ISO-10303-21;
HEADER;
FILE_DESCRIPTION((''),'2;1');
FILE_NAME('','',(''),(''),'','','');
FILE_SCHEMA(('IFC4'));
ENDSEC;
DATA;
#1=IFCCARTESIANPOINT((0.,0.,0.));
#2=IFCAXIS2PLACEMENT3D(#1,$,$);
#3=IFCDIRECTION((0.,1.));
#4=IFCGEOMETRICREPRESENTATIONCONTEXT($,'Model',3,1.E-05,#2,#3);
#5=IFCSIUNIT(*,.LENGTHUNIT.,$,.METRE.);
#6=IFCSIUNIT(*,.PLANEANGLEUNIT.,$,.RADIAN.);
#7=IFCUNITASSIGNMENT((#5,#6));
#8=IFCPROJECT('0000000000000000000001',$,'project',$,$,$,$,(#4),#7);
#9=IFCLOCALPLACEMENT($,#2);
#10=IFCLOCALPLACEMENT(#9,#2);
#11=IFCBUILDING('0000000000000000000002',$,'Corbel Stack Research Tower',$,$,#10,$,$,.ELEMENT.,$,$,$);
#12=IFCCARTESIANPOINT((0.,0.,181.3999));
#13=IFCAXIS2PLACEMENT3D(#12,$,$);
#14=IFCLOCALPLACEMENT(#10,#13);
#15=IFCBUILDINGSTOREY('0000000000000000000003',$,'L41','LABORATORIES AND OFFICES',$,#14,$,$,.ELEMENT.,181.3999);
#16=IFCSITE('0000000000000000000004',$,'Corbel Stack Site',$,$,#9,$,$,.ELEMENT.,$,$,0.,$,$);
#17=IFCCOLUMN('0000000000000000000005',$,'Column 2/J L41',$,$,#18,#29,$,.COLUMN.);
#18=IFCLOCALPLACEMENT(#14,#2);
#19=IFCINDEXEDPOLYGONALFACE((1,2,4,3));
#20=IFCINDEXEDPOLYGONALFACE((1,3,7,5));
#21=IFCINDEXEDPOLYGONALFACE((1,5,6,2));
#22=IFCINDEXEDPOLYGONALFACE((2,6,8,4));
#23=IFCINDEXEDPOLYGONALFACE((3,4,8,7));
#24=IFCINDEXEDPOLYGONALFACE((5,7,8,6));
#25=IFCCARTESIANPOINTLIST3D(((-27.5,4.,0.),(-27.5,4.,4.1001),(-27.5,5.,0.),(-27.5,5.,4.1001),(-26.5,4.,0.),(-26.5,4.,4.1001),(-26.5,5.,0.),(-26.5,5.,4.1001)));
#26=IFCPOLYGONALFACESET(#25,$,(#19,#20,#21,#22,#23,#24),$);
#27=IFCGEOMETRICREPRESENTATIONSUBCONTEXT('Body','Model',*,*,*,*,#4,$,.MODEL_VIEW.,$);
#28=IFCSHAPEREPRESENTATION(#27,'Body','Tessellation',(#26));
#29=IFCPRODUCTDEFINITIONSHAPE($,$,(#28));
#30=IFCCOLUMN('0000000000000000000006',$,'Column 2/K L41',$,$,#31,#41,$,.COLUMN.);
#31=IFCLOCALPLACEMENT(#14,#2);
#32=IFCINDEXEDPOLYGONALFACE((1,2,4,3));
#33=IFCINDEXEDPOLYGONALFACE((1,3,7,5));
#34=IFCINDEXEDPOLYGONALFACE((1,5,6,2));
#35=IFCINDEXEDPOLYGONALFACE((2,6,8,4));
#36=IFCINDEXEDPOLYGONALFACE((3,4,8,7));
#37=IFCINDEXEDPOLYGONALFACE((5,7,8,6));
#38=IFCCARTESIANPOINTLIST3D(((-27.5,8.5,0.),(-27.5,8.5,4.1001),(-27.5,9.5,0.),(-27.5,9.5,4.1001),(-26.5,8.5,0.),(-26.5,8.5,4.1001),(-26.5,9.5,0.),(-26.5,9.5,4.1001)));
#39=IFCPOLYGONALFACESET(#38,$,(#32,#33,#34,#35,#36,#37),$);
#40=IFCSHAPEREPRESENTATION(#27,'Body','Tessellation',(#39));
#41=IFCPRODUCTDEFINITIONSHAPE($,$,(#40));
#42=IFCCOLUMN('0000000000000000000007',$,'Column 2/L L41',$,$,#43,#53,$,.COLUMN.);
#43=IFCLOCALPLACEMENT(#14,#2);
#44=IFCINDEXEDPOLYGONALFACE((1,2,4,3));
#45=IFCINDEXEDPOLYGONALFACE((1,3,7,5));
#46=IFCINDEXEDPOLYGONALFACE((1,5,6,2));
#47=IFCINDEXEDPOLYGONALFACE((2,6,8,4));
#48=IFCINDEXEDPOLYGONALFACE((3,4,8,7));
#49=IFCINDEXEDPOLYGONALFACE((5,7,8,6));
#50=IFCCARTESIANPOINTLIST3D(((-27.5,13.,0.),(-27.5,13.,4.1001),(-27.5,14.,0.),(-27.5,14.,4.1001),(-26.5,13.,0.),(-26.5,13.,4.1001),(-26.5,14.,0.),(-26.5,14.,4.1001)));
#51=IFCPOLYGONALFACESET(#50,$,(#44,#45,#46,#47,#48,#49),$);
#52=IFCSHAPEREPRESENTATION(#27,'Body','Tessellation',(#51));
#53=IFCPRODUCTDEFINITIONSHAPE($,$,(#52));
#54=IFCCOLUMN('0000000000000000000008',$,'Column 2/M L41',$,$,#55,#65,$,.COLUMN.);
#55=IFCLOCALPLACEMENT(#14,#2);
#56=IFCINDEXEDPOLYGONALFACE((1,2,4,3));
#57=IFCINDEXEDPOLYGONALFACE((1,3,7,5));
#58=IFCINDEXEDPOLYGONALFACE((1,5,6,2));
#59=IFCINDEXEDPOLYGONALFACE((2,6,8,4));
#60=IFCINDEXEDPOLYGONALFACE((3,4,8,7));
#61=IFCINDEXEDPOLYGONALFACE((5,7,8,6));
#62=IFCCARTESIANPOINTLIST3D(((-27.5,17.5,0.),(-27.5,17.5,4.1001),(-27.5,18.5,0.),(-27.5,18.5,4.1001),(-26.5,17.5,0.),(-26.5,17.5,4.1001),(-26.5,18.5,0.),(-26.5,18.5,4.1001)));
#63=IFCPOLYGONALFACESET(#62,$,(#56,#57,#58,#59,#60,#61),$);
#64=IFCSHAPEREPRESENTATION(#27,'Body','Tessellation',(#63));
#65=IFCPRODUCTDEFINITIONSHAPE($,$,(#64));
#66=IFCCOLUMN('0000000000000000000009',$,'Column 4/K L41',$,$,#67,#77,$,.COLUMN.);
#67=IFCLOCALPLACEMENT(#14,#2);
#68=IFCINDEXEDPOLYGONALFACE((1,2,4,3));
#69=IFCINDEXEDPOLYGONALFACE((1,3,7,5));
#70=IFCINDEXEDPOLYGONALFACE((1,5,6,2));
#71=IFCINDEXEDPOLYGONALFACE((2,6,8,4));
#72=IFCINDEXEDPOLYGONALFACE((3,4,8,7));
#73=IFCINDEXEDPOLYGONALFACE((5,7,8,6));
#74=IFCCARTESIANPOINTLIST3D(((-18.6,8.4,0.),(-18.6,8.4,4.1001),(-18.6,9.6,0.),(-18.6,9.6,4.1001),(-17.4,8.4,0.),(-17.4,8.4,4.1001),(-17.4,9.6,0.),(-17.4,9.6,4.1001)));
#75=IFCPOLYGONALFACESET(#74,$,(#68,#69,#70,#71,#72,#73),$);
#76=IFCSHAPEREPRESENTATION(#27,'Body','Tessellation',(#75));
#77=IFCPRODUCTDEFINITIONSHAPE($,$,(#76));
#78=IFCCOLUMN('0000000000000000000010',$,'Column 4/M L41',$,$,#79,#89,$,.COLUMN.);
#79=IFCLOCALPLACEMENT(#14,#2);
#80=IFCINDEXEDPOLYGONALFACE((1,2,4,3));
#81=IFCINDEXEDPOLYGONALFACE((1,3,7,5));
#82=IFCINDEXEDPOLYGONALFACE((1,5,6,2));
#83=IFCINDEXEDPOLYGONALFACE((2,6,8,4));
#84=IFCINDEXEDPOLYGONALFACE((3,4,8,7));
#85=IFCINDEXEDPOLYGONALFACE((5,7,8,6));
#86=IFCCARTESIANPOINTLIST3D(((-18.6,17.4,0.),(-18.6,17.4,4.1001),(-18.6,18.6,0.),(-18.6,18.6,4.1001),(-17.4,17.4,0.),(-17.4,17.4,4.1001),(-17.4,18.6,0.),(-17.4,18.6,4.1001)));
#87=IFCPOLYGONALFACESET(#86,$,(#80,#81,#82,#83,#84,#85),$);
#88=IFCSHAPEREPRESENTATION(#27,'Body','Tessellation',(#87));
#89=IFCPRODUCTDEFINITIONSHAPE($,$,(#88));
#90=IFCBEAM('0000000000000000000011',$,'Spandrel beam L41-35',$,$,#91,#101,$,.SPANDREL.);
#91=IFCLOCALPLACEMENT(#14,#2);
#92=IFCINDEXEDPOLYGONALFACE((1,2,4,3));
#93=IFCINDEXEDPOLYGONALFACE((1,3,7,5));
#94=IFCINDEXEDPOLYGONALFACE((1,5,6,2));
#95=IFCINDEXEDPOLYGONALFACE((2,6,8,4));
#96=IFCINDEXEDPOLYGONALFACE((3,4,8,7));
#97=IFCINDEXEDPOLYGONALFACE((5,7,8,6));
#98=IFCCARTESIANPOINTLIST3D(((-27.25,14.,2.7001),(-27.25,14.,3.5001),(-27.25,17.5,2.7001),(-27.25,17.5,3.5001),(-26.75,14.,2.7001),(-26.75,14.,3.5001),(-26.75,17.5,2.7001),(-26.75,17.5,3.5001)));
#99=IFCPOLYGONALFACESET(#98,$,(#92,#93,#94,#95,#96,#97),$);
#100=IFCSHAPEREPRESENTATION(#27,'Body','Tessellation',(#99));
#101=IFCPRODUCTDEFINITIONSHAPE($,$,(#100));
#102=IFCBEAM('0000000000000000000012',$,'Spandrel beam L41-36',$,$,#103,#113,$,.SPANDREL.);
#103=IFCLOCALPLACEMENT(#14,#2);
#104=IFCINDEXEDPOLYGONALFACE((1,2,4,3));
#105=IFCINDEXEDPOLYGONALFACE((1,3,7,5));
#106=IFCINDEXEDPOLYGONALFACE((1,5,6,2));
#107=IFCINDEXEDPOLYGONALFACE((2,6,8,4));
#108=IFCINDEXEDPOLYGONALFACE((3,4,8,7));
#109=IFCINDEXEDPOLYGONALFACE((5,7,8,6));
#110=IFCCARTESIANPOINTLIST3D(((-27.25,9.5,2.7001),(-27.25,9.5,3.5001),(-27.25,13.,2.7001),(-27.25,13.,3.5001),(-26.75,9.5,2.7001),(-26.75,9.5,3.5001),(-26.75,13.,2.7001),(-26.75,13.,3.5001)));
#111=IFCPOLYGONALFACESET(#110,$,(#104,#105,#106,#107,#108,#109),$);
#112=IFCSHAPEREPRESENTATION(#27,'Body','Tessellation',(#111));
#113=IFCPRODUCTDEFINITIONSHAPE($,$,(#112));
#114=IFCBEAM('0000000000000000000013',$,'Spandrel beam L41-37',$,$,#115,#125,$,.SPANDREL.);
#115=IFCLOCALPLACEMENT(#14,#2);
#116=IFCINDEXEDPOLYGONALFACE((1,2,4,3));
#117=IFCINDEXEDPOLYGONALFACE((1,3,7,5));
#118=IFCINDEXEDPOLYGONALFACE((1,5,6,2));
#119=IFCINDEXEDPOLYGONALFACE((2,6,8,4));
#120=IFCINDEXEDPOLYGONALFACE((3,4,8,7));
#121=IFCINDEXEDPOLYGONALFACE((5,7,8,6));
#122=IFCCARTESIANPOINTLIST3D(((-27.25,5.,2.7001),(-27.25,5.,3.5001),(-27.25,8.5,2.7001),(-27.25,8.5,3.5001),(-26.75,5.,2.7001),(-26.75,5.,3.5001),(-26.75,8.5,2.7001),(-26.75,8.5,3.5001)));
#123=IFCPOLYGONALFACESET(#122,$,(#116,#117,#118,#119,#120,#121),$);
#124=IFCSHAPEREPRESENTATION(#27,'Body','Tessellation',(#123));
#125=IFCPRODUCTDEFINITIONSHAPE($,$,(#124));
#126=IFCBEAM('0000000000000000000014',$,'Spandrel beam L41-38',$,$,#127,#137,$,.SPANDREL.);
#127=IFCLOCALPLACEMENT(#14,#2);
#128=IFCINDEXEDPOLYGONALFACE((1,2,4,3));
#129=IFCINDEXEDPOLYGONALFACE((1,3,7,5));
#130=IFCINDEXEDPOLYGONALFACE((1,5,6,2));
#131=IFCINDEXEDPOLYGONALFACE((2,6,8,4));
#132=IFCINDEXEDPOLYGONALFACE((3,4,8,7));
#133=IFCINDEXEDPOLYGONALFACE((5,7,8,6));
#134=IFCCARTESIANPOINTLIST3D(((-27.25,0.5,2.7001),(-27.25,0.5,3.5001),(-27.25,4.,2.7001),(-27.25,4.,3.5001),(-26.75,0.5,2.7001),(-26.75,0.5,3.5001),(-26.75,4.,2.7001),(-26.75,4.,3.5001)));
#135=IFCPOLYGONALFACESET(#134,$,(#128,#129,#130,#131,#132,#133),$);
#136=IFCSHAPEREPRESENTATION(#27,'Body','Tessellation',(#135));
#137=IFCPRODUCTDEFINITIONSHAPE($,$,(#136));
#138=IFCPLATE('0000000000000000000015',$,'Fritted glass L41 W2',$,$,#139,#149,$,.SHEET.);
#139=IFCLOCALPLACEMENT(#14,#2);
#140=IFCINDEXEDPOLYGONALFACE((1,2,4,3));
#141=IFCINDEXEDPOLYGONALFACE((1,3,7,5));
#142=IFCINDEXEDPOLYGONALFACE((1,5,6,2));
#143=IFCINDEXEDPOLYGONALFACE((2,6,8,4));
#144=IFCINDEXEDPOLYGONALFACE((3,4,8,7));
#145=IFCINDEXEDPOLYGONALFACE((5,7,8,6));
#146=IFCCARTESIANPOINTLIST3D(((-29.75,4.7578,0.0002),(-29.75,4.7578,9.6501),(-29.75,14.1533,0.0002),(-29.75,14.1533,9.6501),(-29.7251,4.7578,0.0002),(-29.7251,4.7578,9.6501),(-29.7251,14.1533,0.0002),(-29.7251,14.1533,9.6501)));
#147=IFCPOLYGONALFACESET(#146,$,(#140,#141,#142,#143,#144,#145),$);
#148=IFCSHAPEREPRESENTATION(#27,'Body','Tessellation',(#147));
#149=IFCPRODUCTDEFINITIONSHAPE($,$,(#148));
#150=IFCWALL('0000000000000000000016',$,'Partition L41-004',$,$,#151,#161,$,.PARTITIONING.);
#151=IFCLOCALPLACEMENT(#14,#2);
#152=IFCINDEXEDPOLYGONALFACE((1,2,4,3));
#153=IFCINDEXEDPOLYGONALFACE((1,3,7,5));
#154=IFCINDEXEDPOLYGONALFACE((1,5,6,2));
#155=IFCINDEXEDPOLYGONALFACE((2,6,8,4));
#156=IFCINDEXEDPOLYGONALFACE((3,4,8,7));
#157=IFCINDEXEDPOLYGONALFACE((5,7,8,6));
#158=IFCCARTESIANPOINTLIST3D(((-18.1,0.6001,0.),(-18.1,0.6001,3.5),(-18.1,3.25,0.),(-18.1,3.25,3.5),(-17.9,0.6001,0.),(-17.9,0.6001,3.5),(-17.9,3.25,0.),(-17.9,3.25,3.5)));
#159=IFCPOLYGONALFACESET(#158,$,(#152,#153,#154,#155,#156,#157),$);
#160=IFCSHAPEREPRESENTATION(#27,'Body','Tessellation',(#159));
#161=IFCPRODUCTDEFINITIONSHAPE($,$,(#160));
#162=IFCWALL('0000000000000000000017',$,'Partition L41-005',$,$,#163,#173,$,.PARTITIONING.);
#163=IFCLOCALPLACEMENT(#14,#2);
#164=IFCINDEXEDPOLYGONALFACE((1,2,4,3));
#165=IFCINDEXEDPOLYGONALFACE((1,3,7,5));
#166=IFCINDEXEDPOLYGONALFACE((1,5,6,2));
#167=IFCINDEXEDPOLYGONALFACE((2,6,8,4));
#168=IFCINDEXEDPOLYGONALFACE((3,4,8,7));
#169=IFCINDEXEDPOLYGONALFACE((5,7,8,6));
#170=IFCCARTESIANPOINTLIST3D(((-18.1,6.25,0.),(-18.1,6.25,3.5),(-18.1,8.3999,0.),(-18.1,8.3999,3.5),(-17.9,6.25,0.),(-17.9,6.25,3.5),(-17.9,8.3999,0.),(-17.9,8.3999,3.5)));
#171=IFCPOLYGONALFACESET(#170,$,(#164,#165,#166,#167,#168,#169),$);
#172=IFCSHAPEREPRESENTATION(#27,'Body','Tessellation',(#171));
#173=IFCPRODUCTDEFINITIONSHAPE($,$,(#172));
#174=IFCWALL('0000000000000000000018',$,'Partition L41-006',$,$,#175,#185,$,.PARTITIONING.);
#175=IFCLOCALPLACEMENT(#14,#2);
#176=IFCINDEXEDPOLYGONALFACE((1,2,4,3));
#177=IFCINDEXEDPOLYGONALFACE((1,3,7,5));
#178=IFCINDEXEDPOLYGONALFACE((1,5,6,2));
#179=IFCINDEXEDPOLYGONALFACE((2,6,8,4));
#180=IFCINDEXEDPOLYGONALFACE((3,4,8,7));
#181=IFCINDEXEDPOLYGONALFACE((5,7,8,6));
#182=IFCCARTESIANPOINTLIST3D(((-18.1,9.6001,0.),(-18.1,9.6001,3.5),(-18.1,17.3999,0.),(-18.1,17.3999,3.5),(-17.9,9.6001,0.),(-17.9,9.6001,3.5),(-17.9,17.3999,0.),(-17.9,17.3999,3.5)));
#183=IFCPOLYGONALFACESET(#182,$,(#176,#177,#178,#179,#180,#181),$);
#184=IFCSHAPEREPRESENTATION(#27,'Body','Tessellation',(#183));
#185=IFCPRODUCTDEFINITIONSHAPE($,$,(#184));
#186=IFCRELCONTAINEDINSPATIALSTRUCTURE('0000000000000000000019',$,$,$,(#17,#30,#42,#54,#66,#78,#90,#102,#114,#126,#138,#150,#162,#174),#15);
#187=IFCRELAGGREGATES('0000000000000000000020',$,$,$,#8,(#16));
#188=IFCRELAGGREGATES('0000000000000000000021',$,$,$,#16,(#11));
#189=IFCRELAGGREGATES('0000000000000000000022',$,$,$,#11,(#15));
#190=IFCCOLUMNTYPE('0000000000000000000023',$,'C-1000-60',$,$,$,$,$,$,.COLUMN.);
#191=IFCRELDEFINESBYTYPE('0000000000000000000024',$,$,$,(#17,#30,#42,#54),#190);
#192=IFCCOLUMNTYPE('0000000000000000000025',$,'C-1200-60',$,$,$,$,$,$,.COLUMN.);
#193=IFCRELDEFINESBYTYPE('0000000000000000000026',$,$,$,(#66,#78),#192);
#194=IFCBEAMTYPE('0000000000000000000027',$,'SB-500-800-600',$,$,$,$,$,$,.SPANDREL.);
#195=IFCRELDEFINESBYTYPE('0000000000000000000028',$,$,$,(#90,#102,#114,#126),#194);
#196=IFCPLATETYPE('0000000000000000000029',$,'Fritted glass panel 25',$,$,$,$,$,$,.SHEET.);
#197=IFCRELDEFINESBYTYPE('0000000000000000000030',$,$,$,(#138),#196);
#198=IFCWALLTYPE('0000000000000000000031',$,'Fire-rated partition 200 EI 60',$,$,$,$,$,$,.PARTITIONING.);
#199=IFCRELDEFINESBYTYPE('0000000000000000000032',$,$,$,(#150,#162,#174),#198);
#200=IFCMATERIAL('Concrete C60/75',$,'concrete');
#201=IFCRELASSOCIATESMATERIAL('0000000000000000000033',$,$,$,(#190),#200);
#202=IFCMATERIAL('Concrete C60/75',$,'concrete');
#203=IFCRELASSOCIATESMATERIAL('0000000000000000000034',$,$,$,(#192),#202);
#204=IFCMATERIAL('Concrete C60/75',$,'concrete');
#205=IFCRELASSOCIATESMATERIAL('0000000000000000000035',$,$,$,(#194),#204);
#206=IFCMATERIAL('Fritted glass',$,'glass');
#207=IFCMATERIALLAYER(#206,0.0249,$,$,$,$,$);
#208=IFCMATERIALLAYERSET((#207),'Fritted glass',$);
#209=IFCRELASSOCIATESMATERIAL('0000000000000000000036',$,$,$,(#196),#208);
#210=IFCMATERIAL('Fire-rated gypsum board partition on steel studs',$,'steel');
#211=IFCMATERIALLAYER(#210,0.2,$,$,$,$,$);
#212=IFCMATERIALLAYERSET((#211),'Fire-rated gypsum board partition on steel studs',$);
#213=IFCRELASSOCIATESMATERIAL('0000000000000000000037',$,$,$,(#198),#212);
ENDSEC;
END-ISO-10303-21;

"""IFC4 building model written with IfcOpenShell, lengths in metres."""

from ifc_helpers import new_model, si_unit, direction, frame, frame_2d, origin, origin_2d, place, context, subcontext, project, spatial, rectangle, extrude, material, layer, layer_set, material_profile, profile_set, type_object, element, save


model = new_model("IFC4")

# Units and contexts
model_context = context("Model", 3, precision=1e-05, world=origin(), true_north=direction((0.0, 1.0)))
body_context = subcontext(model_context, "Body", "Model", "MODEL_VIEW")
ifc_project = project(units=[si_unit("LENGTHUNIT", "METRE"), si_unit("PLANEANGLEUNIT", "RADIAN")], contexts=[model_context])

# Site, building, storey
site_placement = place(None, origin())
site = spatial("IfcSite", under=ifc_project, at=site_placement, Name="Corbel Stack Site", CompositionType="ELEMENT", RefElevation=0.0)
building_placement = place(site_placement, origin())
building = spatial("IfcBuilding", under=site, at=building_placement, Name="Corbel Stack Research Tower", CompositionType="ELEMENT")
storey_placement = place(building_placement, frame((0.0, 0.0, 181.3999)))
storey = spatial("IfcBuildingStorey", under=building, at=storey_placement, Name="L41", Description="LABORATORIES AND OFFICES", CompositionType="ELEMENT", Elevation=181.3999)

# Columns
ifc_material_1 = material(Name="Concrete C60/75", Category="concrete")
ifc_material_profile_1 = material_profile(ifc_material_1, rectangle(XDim=1.0, YDim=1.0, at=origin_2d()), Name="RC 1000 x 1000")
ifc_profile_set_1 = profile_set([ifc_material_profile_1], Name="Concrete C60/75")
column_type_1 = type_object("IfcColumnType", Name="C-1000-60", PredefinedType="COLUMN", material=ifc_profile_set_1)
for number, where, z_axis, x_axis, name in (
    (1, (-27.0, 4.5, 0.0), (0.0, 0.0, 1.0), (1.0, 0.0, 0.0), "Column 2/J L41"),
    (2, (-27.0, 9.0, 0.0), (0.0, 0.0, 1.0), (1.0, 0.0, 0.0), "Column 2/K L41"),
    (3, (-27.0, 13.5, 0.0), (0.0, 0.0, 1.0), (1.0, 0.0, 0.0), "Column 2/L L41"),
    (4, (-27.0, 18.0, 0.0), (0.0, 0.0, 1.0), (1.0, 0.0, 0.0), "Column 2/M L41"),
):
    element("IfcColumn", number, at=place(storey_placement, frame(where, z_axis=z_axis, x_axis=x_axis)), inside=storey, type_object=column_type_1, Name=name, PredefinedType="COLUMN", context=body_context, shape_type="SweptSolid", body=[
        extrude(rectangle(XDim=1.0, YDim=1.0, at=origin_2d()), origin(), (0.0, 0.0, 1.0), 4.1001),
    ])
ifc_material_2 = material(Name="Concrete C60/75", Category="concrete")
ifc_material_profile_2 = material_profile(ifc_material_2, rectangle(XDim=1.2, YDim=1.2, at=origin_2d()), Name="RC 1200 x 1200")
ifc_profile_set_2 = profile_set([ifc_material_profile_2], Name="Concrete C60/75")
column_type_2 = type_object("IfcColumnType", Name="C-1200-60", PredefinedType="COLUMN", material=ifc_profile_set_2)
for number, where, z_axis, x_axis, name in (
    (5, (-18.0, 9.0, 0.0), (0.0, 0.0, 1.0), (1.0, 0.0, 0.0), "Column 4/K L41"),
    (6, (-18.0, 18.0, 0.0), (0.0, 0.0, 1.0), (1.0, 0.0, 0.0), "Column 4/M L41"),
):
    element("IfcColumn", number, at=place(storey_placement, frame(where, z_axis=z_axis, x_axis=x_axis)), inside=storey, type_object=column_type_2, Name=name, PredefinedType="COLUMN", context=body_context, shape_type="SweptSolid", body=[
        extrude(rectangle(XDim=1.2, YDim=1.2, at=origin_2d()), origin(), (0.0, 0.0, 1.0), 4.1001),
    ])

# Beams
ifc_material_3 = material(Name="Concrete C60/75", Category="concrete")
ifc_material_profile_3 = material_profile(ifc_material_3, rectangle(XDim=0.5, YDim=0.8, at=origin_2d()), Name="RC 500 x 800")
ifc_profile_set_3 = profile_set([ifc_material_profile_3], Name="Concrete C60/75")
beam_type = type_object("IfcBeamType", Name="SB-500-800-600", PredefinedType="SPANDREL", material=ifc_profile_set_3)
for number, where, z_axis, x_axis, name in (
    (7, (-27.0, 17.5, 3.1001), (0.0, -1.0, 0.0), (1.0, 0.0, 0.0), "Spandrel beam L41-35"),
    (8, (-27.0, 13.0, 3.1001), (0.0, -1.0, 0.0), (1.0, 0.0, 0.0), "Spandrel beam L41-36"),
    (9, (-27.0, 8.5, 3.1001), (0.0, -1.0, 0.0), (1.0, 0.0, 0.0), "Spandrel beam L41-37"),
    (10, (-27.0, 4.0, 3.1001), (0.0, -1.0, 0.0), (1.0, 0.0, 0.0), "Spandrel beam L41-38"),
):
    element("IfcBeam", number, at=place(storey_placement, frame(where, z_axis=z_axis, x_axis=x_axis)), inside=storey, type_object=beam_type, Name=name, PredefinedType="SPANDREL", context=body_context, shape_type="SweptSolid", body=[
        extrude(rectangle(XDim=0.5, YDim=0.8, at=origin_2d()), origin(), (0.0, 0.0, 1.0), 3.5),
    ])

# Plate
ifc_material_4 = material(Name="Fritted glass", Category="glass")
ifc_layer_1 = layer(ifc_material_4, 0.0249)
ifc_layer_set_1 = layer_set([ifc_layer_1], Name="Fritted glass")
plate_type = type_object("IfcPlateType", Name="Fritted glass panel 25", PredefinedType="SHEET", material=ifc_layer_set_1)
plate_placement = place(storey_placement, frame((-29.7375, 9.4556, 0.0002), z_axis=(0.0, 0.0, 1.0), x_axis=(0.0, -1.0, 0.0)))
element("IfcPlate", 11, at=plate_placement, inside=storey, type_object=plate_type, Name="Fritted glass L41 W2", PredefinedType="SHEET", context=body_context, shape_type="SweptSolid", body=[
    extrude(rectangle(XDim=9.3955, YDim=0.0249, at=origin_2d()), origin(), (0.0, 0.0, 1.0), 9.6499),
])

# Walls
ifc_material_5 = material(Name="Fire-rated gypsum board partition on steel studs", Category="steel")
ifc_layer_2 = layer(ifc_material_5, 0.2)
ifc_layer_set_2 = layer_set([ifc_layer_2], Name="Fire-rated gypsum board partition on steel studs")
wall_type_1 = type_object("IfcWallType", Name="Fire-rated partition 200 EI 60", PredefinedType="PARTITIONING", material=ifc_layer_set_2)
wall_1_placement = place(storey_placement, frame((-18.0, 0.6001, 0.0), z_axis=(0.0, 0.0, 1.0), x_axis=(0.0, 1.0, 0.0)))
element("IfcWall", 12, at=wall_1_placement, inside=storey, type_object=wall_type_1, Name="Partition L41-004", PredefinedType="PARTITIONING", context=body_context, shape_type="SweptSolid", body=[
    extrude(rectangle(XDim=2.6499, YDim=0.2, at=frame_2d((1.325, 0.0))), origin(), (0.0, 0.0, 1.0), 3.5),
])
wall_2_placement = place(storey_placement, frame((-18.0, 6.25, 0.0), z_axis=(0.0, 0.0, 1.0), x_axis=(0.0, 1.0, 0.0)))
element("IfcWall", 13, at=wall_2_placement, inside=storey, type_object=wall_type_1, Name="Partition L41-005", PredefinedType="PARTITIONING", context=body_context, shape_type="SweptSolid", body=[
    extrude(rectangle(XDim=2.1499, YDim=0.2, at=frame_2d((1.075, 0.0))), origin(), (0.0, 0.0, 1.0), 3.5),
])
wall_3_placement = place(storey_placement, frame((-18.0, 9.6001, 0.0), z_axis=(0.0, 0.0, 1.0), x_axis=(0.0, 1.0, 0.0)))
element("IfcWall", 14, at=wall_3_placement, inside=storey, type_object=wall_type_1, Name="Partition L41-006", PredefinedType="PARTITIONING", context=body_context, shape_type="SweptSolid", body=[
    extrude(rectangle(XDim=7.7998, YDim=0.2, at=frame_2d((3.8999, 0.0))), origin(), (0.0, 0.0, 1.0), 3.5),
])

save(model, "model.ifc")
